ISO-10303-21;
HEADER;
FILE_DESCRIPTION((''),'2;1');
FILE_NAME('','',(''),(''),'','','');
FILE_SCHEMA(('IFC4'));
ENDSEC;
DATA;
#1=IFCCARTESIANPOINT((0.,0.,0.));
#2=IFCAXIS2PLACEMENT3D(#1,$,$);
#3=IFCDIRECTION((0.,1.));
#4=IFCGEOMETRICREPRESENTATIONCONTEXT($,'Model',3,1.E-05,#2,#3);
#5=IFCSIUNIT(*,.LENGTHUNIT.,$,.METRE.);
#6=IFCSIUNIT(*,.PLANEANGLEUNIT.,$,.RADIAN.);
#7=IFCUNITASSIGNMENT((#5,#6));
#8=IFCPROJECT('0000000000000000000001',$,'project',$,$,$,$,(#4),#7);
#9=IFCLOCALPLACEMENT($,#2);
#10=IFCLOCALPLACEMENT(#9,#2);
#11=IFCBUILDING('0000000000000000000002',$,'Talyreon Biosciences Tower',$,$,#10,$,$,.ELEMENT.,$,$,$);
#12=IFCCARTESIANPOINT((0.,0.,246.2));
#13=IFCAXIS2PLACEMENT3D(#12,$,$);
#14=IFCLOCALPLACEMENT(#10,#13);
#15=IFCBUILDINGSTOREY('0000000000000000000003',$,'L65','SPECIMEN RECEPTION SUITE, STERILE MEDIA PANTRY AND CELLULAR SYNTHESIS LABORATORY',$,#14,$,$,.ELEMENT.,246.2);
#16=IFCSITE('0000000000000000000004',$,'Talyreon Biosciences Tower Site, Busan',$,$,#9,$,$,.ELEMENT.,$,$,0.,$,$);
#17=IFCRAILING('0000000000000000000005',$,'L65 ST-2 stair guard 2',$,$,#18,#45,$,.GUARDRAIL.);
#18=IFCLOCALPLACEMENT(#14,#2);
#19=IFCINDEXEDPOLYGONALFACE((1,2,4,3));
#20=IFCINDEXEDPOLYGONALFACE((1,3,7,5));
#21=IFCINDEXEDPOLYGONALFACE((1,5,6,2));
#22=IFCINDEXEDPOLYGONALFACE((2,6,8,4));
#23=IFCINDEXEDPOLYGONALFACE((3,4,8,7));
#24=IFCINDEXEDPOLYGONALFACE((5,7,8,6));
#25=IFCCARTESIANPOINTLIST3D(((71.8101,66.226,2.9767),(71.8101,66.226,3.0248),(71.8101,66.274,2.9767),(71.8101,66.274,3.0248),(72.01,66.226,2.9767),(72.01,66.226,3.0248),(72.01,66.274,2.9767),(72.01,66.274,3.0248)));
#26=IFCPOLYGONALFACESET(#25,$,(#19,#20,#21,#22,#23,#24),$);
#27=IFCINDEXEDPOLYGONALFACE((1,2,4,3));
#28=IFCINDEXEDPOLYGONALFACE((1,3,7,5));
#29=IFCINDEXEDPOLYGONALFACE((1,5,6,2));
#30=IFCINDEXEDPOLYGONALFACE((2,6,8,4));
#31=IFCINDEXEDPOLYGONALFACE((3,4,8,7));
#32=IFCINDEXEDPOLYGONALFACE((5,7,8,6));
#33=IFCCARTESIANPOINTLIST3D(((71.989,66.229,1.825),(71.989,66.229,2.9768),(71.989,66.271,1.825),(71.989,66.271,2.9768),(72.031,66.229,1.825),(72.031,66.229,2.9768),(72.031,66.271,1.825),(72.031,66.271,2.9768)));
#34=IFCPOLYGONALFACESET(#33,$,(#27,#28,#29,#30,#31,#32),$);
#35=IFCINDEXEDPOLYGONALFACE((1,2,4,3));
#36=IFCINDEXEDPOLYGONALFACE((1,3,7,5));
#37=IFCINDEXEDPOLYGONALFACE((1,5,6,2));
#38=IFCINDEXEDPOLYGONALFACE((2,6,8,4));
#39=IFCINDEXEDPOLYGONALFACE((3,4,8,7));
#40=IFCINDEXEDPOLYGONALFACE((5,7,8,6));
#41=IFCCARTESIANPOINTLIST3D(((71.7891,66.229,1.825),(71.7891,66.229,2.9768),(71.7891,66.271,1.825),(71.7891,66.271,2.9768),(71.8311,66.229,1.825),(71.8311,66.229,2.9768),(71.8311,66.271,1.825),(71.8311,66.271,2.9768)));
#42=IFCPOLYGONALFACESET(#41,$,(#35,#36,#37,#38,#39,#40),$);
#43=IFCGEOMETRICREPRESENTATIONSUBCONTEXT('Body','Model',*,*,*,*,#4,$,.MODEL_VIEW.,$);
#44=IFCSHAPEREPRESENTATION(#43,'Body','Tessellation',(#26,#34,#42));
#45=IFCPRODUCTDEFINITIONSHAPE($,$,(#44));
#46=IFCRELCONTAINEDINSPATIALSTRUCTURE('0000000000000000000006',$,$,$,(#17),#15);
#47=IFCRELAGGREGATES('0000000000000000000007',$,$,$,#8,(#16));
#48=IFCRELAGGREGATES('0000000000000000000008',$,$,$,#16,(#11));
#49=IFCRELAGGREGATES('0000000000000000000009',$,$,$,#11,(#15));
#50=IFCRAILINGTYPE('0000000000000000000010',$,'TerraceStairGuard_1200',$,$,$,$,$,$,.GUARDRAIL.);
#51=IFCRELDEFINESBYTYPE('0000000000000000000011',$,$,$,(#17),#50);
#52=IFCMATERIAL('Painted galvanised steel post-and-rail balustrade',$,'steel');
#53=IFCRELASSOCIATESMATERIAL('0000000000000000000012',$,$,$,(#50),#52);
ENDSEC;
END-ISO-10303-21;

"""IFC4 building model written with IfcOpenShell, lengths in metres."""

from ifc_helpers import new_model, si_unit, direction, frame, origin, origin_2d, place, context, subcontext, project, spatial, rectangle, extrude, material, type_object, element, save


model = new_model("IFC4")

# Units and contexts
model_context = context("Model", 3, precision=1e-05, world=origin(), true_north=direction((0.0, 1.0)))
body_context = subcontext(model_context, "Body", "Model", "MODEL_VIEW")
ifc_project = project(units=[si_unit("LENGTHUNIT", "METRE"), si_unit("PLANEANGLEUNIT", "RADIAN")], contexts=[model_context])

# Site, building, storey
site_placement = place(None, origin())
site = spatial("IfcSite", under=ifc_project, at=site_placement, Name="Talyreon Biosciences Tower Site, Busan", CompositionType="ELEMENT", RefElevation=0.0)
building_placement = place(site_placement, origin())
building = spatial("IfcBuilding", under=site, at=building_placement, Name="Talyreon Biosciences Tower", CompositionType="ELEMENT")
storey_placement = place(building_placement, frame((0.0, 0.0, 246.2)))
storey = spatial("IfcBuildingStorey", under=building, at=storey_placement, Name="L65", Description="SPECIMEN RECEPTION SUITE, STERILE MEDIA PANTRY AND CELLULAR SYNTHESIS LABORATORY", CompositionType="ELEMENT", Elevation=246.2)

# Railing
ifc_material_1 = material(Name="Painted galvanised steel post-and-rail balustrade", Category="steel")
railing_type = type_object("IfcRailingType", Name="TerraceStairGuard_1200", PredefinedType="GUARDRAIL", material=ifc_material_1)
railing_placement = place(storey_placement, frame((72.01, 66.25, 1.825)))
element("IfcRailing", 1, at=railing_placement, inside=storey, type_object=railing_type, Name="L65 ST-2 stair guard 2", PredefinedType="GUARDRAIL", context=body_context, shape_type="SweptSolid", body=[
    extrude(rectangle(XDim=0.0481, YDim=0.0481, at=origin_2d()), frame((0.0, 0.0, 1.1758), z_axis=(-1.0, 0.0, 0.0), x_axis=(0.0, -1.0, 0.0)), (0.0, 0.0, 1.0), 0.2),
    extrude(rectangle(XDim=0.042, YDim=0.042, at=origin_2d()), origin(), (0.0, 0.0, 1.0), 1.1519),
    extrude(rectangle(XDim=0.042, YDim=0.042, at=origin_2d()), frame((-0.2, 0.0, 0.0)), (0.0, 0.0, 1.0), 1.1519),
])

save(model, "model.ifc")
